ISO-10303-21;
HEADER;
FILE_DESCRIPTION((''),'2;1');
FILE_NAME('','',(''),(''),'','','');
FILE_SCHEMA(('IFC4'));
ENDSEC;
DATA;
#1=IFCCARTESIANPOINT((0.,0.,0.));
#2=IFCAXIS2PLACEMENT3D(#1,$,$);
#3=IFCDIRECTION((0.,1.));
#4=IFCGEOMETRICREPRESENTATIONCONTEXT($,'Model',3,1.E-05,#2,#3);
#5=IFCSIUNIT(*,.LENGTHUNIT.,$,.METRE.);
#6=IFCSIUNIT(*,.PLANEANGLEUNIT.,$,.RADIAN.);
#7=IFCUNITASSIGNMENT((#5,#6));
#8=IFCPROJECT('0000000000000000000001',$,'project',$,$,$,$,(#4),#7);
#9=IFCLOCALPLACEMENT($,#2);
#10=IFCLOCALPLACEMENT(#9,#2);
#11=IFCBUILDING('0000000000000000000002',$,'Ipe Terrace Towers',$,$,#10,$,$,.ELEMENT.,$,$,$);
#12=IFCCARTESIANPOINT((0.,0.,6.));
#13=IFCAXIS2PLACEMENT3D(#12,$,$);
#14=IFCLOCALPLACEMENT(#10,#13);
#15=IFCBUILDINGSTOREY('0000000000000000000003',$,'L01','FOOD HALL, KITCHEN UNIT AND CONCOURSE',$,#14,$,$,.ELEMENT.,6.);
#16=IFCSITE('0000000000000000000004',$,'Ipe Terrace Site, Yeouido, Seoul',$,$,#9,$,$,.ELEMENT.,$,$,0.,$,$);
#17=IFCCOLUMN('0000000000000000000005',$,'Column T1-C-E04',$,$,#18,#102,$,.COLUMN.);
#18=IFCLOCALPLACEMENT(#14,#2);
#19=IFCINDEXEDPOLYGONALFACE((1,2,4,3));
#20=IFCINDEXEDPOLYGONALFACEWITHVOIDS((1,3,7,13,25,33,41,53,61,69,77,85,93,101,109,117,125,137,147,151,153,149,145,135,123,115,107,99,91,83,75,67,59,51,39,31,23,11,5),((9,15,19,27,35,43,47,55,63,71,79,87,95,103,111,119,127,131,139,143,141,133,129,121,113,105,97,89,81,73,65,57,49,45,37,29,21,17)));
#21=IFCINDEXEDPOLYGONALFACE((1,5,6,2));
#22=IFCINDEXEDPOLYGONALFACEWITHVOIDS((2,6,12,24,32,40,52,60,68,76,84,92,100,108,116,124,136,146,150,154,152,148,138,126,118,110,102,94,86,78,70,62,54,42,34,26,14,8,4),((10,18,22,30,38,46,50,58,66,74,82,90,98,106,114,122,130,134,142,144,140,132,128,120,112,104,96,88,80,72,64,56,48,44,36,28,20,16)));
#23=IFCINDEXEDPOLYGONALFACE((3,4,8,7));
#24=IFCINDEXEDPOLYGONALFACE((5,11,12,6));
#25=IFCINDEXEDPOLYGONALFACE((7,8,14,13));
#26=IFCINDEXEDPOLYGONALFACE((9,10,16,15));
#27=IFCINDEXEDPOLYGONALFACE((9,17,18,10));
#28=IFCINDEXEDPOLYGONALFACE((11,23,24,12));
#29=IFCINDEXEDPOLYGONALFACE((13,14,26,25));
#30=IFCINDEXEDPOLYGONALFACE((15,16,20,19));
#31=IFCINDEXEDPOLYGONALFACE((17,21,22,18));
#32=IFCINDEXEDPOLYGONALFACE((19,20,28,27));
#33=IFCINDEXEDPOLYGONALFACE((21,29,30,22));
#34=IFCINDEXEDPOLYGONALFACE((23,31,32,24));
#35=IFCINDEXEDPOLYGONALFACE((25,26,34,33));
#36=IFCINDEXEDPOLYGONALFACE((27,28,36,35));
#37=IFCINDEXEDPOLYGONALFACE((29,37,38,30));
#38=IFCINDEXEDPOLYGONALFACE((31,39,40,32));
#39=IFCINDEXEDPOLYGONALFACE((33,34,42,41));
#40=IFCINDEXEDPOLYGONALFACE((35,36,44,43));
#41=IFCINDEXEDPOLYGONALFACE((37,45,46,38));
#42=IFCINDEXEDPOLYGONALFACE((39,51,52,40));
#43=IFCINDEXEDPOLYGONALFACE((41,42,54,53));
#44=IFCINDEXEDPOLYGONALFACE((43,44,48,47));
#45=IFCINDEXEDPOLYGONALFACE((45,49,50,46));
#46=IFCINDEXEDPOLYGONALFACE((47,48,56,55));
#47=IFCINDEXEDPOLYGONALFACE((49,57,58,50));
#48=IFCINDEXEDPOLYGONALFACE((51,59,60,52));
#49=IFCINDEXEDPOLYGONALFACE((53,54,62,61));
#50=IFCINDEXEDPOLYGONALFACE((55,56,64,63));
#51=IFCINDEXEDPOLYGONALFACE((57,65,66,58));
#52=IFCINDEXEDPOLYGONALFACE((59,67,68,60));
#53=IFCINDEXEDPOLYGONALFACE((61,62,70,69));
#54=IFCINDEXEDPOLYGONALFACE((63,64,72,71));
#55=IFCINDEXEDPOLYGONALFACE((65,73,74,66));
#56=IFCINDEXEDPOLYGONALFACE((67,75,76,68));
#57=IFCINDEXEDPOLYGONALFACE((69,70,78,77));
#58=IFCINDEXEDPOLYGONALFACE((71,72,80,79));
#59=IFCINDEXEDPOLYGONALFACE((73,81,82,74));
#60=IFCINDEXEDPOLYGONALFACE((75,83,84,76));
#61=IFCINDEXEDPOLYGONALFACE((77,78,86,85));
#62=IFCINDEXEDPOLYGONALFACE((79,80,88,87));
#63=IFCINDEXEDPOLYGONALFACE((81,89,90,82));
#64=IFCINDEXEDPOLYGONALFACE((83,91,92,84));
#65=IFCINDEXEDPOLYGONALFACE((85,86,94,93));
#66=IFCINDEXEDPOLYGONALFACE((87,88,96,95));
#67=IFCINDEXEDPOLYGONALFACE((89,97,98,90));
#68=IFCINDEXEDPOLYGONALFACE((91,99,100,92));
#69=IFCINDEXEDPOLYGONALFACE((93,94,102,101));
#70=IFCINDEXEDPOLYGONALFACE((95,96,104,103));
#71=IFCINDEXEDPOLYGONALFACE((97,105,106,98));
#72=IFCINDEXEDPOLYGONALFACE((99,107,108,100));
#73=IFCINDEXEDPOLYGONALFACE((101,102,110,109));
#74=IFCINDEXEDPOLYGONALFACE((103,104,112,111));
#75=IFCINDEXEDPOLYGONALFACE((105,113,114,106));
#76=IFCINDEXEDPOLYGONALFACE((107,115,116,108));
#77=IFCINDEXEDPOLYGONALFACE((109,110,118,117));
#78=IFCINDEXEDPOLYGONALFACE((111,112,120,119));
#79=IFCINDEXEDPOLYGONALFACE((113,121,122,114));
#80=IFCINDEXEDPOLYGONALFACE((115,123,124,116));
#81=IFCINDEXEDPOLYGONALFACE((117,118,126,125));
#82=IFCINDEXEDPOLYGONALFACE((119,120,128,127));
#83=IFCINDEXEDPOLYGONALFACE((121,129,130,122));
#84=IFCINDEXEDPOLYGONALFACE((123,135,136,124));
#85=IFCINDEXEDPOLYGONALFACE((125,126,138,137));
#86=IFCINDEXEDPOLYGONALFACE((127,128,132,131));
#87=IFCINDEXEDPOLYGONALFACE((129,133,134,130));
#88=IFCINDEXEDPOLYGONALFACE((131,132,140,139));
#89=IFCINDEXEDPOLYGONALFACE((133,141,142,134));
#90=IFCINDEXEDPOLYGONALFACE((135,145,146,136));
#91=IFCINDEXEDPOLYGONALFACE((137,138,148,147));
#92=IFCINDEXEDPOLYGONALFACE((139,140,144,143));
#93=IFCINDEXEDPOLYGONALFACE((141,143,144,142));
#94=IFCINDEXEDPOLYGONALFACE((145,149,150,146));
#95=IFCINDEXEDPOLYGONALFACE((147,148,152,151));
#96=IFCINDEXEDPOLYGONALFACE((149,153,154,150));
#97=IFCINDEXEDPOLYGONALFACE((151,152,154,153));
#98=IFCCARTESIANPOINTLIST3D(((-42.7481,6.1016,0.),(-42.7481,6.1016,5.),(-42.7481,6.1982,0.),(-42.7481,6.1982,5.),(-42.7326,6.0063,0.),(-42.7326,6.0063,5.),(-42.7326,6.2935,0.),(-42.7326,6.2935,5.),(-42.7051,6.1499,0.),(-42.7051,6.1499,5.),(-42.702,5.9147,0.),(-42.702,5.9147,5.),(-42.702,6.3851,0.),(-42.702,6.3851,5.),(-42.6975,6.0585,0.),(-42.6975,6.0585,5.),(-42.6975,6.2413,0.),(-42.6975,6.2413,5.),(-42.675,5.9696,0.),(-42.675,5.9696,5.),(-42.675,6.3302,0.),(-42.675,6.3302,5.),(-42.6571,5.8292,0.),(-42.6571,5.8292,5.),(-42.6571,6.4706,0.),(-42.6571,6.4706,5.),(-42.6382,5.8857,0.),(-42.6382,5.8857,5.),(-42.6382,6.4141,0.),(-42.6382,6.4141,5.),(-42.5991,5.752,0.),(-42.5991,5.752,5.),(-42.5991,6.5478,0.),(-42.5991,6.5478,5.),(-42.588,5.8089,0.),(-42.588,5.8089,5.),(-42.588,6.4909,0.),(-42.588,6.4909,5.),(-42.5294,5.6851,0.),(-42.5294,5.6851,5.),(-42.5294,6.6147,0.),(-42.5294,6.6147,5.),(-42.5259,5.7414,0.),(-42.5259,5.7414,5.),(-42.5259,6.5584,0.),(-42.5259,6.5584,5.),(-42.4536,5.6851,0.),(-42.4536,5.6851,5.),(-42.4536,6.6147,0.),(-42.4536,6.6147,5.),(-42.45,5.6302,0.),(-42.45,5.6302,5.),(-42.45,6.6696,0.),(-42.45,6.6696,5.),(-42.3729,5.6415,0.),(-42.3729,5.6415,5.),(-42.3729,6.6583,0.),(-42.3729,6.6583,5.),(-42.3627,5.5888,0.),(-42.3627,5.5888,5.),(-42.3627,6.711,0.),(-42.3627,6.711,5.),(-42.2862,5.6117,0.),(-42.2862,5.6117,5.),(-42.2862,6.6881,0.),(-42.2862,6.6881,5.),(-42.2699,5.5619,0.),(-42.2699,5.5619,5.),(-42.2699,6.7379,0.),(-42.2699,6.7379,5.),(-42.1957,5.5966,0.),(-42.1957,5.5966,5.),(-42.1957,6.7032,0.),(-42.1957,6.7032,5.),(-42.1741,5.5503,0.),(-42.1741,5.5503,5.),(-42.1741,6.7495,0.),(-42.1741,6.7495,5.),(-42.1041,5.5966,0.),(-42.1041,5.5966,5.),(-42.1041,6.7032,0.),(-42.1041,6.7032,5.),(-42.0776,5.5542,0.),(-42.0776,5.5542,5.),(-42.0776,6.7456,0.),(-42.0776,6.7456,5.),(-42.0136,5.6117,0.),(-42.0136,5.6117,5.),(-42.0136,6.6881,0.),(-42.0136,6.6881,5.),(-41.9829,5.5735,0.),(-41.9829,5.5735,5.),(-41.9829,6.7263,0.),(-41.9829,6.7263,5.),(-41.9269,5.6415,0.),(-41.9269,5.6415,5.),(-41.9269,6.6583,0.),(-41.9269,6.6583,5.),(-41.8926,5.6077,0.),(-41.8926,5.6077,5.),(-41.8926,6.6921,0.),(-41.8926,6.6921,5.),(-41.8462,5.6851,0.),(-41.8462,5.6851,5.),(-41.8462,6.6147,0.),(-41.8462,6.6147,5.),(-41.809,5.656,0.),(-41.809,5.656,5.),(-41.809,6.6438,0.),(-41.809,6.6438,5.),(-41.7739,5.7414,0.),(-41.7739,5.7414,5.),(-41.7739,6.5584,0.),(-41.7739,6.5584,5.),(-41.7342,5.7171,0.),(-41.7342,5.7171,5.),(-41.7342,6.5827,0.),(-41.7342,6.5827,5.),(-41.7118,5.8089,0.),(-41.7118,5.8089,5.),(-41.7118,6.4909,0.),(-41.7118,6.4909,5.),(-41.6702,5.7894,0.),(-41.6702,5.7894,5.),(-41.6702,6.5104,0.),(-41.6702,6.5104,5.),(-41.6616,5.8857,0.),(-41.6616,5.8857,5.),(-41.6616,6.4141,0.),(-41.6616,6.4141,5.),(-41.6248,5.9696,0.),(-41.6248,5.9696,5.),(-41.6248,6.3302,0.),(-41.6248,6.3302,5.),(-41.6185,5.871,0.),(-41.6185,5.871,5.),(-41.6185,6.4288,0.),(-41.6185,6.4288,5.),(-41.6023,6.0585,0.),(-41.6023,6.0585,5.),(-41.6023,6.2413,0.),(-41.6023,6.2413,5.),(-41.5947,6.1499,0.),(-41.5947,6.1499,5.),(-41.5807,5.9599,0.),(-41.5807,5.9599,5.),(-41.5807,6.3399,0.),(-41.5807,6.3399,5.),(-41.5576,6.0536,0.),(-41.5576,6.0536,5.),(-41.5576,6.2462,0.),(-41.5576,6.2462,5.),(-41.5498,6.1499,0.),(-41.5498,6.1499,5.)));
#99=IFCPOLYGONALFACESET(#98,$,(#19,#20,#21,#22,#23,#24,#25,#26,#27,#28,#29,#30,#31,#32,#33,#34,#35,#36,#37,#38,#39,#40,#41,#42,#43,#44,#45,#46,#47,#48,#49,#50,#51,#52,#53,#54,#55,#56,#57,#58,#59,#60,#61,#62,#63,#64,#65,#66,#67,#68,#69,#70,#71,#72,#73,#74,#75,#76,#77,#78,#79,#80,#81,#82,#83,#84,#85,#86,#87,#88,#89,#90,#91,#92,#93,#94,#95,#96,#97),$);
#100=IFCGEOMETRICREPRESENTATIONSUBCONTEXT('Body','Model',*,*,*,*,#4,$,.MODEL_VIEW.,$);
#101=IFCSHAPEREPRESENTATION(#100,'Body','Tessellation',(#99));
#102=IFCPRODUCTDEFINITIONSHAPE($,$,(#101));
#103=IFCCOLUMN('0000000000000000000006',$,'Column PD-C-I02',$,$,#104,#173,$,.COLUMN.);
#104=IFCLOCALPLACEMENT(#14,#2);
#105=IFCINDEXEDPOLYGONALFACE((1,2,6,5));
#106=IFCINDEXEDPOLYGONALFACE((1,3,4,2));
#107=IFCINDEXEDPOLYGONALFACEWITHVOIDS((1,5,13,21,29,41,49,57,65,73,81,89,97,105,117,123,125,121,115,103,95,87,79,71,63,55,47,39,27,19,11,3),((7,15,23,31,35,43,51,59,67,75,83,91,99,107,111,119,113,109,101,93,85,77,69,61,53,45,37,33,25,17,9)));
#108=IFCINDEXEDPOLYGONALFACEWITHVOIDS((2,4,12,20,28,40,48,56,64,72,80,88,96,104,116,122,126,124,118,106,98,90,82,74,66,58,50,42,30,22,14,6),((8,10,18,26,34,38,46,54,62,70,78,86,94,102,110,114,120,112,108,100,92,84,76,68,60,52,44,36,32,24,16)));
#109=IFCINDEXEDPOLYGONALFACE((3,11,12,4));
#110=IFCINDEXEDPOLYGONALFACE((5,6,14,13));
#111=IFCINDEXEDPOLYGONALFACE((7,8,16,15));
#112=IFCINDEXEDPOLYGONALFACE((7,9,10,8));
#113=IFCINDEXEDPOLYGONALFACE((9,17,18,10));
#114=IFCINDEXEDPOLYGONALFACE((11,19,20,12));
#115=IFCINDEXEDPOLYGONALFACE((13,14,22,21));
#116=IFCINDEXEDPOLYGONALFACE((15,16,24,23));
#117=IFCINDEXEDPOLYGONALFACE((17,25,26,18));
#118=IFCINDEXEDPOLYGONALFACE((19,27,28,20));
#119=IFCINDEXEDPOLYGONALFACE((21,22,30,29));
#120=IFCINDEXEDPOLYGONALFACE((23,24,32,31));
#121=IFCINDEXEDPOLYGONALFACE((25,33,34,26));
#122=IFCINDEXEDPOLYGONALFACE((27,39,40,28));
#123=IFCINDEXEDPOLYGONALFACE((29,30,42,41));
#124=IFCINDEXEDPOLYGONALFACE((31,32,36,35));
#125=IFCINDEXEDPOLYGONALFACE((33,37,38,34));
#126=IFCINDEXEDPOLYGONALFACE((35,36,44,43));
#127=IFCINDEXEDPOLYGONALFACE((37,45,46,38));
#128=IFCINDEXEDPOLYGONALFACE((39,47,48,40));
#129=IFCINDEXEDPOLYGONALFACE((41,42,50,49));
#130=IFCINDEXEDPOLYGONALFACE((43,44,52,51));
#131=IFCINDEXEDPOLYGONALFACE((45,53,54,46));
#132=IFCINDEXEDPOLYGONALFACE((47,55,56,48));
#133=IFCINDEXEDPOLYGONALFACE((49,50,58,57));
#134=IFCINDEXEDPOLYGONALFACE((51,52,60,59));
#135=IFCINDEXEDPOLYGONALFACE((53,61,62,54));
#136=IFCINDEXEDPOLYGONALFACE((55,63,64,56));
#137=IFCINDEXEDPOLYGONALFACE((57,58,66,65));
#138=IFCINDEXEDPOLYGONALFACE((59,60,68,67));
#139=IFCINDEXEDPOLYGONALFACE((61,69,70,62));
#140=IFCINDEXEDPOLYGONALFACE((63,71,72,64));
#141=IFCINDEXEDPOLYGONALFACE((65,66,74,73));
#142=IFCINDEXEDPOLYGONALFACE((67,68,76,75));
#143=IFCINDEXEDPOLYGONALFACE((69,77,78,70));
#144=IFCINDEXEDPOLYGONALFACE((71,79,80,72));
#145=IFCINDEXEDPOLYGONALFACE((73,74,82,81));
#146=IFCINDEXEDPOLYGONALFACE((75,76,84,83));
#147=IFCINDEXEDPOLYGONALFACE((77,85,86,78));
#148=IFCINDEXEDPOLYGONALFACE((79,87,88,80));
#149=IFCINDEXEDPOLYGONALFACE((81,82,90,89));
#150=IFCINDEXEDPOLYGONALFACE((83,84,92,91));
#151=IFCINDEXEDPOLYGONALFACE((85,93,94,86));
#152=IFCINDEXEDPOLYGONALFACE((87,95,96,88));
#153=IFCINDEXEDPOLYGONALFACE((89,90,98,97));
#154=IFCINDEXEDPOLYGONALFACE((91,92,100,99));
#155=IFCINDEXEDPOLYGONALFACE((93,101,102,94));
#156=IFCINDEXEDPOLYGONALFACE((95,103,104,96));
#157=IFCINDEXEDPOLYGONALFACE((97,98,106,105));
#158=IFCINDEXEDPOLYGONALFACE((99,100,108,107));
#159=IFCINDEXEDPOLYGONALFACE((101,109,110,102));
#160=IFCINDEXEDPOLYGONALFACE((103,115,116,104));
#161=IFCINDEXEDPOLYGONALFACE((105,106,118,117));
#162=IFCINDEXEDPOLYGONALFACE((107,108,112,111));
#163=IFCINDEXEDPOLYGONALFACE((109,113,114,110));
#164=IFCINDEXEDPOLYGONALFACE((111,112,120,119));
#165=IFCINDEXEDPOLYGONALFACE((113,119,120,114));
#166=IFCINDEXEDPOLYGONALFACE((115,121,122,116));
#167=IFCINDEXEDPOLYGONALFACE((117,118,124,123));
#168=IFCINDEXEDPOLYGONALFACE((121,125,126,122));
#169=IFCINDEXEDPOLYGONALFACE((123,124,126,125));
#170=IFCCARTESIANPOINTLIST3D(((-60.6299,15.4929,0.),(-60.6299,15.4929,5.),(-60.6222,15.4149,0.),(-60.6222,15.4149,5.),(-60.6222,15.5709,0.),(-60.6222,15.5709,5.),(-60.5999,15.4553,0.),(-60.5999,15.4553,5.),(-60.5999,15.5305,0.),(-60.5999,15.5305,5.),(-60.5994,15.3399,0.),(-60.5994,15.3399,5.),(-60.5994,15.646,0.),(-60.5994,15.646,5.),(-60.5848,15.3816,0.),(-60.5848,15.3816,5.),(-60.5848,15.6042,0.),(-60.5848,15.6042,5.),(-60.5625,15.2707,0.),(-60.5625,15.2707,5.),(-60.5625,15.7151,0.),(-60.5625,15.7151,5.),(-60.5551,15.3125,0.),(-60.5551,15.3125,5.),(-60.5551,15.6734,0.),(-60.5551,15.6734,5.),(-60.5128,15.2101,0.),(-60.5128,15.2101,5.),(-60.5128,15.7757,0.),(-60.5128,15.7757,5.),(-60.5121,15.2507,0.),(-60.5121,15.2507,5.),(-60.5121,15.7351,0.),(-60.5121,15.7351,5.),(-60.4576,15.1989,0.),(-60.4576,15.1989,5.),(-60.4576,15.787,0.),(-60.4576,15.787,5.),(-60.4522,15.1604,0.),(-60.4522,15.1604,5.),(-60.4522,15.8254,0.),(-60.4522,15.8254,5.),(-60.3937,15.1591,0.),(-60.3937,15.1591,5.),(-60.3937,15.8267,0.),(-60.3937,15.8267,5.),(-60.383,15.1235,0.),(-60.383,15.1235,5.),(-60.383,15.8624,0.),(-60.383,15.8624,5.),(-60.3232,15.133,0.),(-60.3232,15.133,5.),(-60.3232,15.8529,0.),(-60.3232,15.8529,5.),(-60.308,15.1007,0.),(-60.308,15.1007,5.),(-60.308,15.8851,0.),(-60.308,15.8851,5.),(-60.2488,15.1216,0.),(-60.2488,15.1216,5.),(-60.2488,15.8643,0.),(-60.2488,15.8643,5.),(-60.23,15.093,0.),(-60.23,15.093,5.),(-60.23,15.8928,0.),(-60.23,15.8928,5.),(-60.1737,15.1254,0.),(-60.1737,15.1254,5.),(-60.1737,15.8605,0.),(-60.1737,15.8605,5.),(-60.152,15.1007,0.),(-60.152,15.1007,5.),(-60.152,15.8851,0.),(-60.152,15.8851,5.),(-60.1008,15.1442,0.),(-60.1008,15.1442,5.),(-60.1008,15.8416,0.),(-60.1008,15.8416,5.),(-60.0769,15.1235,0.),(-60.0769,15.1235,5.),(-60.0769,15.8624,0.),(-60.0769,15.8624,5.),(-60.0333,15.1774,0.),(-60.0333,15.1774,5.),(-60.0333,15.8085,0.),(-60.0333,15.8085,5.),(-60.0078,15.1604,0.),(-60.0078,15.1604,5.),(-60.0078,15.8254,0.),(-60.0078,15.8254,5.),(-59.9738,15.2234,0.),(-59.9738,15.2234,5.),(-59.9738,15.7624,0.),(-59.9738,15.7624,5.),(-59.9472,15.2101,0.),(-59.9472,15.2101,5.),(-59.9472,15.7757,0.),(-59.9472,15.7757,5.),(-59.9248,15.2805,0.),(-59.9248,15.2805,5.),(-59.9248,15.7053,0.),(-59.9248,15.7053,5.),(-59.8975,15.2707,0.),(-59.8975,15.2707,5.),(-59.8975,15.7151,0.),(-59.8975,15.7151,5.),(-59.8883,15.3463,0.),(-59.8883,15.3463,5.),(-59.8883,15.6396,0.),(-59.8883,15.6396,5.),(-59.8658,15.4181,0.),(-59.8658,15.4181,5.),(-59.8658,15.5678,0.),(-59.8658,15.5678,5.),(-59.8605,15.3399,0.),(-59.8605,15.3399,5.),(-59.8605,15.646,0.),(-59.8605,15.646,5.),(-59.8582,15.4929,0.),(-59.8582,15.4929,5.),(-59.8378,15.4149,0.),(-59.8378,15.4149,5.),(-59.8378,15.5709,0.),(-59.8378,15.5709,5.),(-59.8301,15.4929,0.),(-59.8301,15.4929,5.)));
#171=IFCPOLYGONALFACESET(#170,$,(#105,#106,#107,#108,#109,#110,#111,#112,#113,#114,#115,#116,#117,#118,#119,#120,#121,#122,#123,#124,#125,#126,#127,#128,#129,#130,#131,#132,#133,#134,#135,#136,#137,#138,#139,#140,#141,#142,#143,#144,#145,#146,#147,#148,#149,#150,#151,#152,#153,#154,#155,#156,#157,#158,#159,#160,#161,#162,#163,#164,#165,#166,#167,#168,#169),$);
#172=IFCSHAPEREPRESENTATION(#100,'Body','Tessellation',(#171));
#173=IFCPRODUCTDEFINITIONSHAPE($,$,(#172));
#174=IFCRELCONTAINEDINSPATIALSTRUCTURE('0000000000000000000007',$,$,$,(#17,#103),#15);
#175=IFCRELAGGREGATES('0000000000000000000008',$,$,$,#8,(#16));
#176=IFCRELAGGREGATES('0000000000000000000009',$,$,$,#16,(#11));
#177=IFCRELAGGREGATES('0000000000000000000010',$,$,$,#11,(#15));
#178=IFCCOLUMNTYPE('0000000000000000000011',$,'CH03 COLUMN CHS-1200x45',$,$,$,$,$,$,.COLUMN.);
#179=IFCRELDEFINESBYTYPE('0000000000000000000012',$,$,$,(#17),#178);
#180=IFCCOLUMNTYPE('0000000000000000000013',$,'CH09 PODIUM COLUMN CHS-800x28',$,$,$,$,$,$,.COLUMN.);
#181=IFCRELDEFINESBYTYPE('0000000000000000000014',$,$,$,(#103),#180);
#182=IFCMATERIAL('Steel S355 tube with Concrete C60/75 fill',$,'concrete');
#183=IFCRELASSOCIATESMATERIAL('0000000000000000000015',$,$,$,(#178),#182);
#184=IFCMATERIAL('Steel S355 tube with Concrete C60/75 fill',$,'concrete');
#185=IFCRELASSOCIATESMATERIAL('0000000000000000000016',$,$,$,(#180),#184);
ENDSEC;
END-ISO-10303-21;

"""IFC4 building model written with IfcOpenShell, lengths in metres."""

from ifc_helpers import new_model, si_unit, direction, frame, origin, origin_2d, place, context, subcontext, project, spatial, hollow_circle, extrude, material, material_profile, profile_set, type_object, element, save


model = new_model("IFC4")

# Units and contexts
model_context = context("Model", 3, precision=1e-05, world=origin(), true_north=direction((0.0, 1.0)))
body_context = subcontext(model_context, "Body", "Model", "MODEL_VIEW")
ifc_project = project(units=[si_unit("LENGTHUNIT", "METRE"), si_unit("PLANEANGLEUNIT", "RADIAN")], contexts=[model_context])

# Site, building, storey
site_placement = place(None, origin())
site = spatial("IfcSite", under=ifc_project, at=site_placement, Name="Ipe Terrace Site, Yeouido, Seoul", CompositionType="ELEMENT", RefElevation=0.0)
building_placement = place(site_placement, origin())
building = spatial("IfcBuilding", under=site, at=building_placement, Name="Ipe Terrace Towers", CompositionType="ELEMENT")
storey_placement = place(building_placement, frame((0.0, 0.0, 6.0)))
storey = spatial("IfcBuildingStorey", under=building, at=storey_placement, Name="L01", Description="FOOD HALL, KITCHEN UNIT AND CONCOURSE", CompositionType="ELEMENT", Elevation=6.0)

# Columns
ifc_material_1 = material(Name="Steel S355 tube with Concrete C60/75 fill", Category="concrete")
ifc_material_profile_1 = material_profile(ifc_material_1, hollow_circle(Radius=0.6001, WallThickness=0.0449, at=origin_2d()), Name="CHS-1200x45")
ifc_profile_set_1 = profile_set([ifc_material_profile_1], Name="Steel S355 tube with Concrete C60/75 fill")
column_type_1 = type_object("IfcColumnType", Name="CH03 COLUMN CHS-1200x45", PredefinedType="COLUMN", material=ifc_profile_set_1)
column_placement = place(storey_placement, frame((-42.1499, 6.1499, 0.0), z_axis=(0.0, 0.0, 1.0), x_axis=(1.0, 0.0, 0.0)))
element("IfcColumn", 1, at=column_placement, inside=storey, type_object=column_type_1, Name="Column T1-C-E04", PredefinedType="COLUMN", context=body_context, shape_type="SweptSolid", body=[
    extrude(hollow_circle(Radius=0.6001, WallThickness=0.0449, at=origin_2d()), origin(), (0.0, 0.0, 1.0), 5.0),
])
ifc_material_2 = material(Name="Steel S355 tube with Concrete C60/75 fill", Category="concrete")
ifc_material_profile_2 = material_profile(ifc_material_2, hollow_circle(Radius=0.3999, WallThickness=0.0281, at=origin_2d()), Name="CHS-800x28")
ifc_profile_set_2 = profile_set([ifc_material_profile_2], Name="Steel S355 tube with Concrete C60/75 fill")
column_type_2 = type_object("IfcColumnType", Name="CH09 PODIUM COLUMN CHS-800x28", PredefinedType="COLUMN", material=ifc_profile_set_2)
for number, where, z_axis, x_axis, name in (
    (2, (-60.23, 15.4929, 0.0), (0.0, 0.0, 1.0), (1.0, 0.0, 0.0), "Column PD-C-I02"),
):
    element("IfcColumn", number, at=place(storey_placement, frame(where, z_axis=z_axis, x_axis=x_axis)), inside=storey, type_object=column_type_2, Name=name, PredefinedType="COLUMN", context=body_context, shape_type="SweptSolid", body=[
        extrude(hollow_circle(Radius=0.3999, WallThickness=0.0281, at=origin_2d()), origin(), (0.0, 0.0, 1.0), 5.0),
    ])

save(model, "model.ifc")
